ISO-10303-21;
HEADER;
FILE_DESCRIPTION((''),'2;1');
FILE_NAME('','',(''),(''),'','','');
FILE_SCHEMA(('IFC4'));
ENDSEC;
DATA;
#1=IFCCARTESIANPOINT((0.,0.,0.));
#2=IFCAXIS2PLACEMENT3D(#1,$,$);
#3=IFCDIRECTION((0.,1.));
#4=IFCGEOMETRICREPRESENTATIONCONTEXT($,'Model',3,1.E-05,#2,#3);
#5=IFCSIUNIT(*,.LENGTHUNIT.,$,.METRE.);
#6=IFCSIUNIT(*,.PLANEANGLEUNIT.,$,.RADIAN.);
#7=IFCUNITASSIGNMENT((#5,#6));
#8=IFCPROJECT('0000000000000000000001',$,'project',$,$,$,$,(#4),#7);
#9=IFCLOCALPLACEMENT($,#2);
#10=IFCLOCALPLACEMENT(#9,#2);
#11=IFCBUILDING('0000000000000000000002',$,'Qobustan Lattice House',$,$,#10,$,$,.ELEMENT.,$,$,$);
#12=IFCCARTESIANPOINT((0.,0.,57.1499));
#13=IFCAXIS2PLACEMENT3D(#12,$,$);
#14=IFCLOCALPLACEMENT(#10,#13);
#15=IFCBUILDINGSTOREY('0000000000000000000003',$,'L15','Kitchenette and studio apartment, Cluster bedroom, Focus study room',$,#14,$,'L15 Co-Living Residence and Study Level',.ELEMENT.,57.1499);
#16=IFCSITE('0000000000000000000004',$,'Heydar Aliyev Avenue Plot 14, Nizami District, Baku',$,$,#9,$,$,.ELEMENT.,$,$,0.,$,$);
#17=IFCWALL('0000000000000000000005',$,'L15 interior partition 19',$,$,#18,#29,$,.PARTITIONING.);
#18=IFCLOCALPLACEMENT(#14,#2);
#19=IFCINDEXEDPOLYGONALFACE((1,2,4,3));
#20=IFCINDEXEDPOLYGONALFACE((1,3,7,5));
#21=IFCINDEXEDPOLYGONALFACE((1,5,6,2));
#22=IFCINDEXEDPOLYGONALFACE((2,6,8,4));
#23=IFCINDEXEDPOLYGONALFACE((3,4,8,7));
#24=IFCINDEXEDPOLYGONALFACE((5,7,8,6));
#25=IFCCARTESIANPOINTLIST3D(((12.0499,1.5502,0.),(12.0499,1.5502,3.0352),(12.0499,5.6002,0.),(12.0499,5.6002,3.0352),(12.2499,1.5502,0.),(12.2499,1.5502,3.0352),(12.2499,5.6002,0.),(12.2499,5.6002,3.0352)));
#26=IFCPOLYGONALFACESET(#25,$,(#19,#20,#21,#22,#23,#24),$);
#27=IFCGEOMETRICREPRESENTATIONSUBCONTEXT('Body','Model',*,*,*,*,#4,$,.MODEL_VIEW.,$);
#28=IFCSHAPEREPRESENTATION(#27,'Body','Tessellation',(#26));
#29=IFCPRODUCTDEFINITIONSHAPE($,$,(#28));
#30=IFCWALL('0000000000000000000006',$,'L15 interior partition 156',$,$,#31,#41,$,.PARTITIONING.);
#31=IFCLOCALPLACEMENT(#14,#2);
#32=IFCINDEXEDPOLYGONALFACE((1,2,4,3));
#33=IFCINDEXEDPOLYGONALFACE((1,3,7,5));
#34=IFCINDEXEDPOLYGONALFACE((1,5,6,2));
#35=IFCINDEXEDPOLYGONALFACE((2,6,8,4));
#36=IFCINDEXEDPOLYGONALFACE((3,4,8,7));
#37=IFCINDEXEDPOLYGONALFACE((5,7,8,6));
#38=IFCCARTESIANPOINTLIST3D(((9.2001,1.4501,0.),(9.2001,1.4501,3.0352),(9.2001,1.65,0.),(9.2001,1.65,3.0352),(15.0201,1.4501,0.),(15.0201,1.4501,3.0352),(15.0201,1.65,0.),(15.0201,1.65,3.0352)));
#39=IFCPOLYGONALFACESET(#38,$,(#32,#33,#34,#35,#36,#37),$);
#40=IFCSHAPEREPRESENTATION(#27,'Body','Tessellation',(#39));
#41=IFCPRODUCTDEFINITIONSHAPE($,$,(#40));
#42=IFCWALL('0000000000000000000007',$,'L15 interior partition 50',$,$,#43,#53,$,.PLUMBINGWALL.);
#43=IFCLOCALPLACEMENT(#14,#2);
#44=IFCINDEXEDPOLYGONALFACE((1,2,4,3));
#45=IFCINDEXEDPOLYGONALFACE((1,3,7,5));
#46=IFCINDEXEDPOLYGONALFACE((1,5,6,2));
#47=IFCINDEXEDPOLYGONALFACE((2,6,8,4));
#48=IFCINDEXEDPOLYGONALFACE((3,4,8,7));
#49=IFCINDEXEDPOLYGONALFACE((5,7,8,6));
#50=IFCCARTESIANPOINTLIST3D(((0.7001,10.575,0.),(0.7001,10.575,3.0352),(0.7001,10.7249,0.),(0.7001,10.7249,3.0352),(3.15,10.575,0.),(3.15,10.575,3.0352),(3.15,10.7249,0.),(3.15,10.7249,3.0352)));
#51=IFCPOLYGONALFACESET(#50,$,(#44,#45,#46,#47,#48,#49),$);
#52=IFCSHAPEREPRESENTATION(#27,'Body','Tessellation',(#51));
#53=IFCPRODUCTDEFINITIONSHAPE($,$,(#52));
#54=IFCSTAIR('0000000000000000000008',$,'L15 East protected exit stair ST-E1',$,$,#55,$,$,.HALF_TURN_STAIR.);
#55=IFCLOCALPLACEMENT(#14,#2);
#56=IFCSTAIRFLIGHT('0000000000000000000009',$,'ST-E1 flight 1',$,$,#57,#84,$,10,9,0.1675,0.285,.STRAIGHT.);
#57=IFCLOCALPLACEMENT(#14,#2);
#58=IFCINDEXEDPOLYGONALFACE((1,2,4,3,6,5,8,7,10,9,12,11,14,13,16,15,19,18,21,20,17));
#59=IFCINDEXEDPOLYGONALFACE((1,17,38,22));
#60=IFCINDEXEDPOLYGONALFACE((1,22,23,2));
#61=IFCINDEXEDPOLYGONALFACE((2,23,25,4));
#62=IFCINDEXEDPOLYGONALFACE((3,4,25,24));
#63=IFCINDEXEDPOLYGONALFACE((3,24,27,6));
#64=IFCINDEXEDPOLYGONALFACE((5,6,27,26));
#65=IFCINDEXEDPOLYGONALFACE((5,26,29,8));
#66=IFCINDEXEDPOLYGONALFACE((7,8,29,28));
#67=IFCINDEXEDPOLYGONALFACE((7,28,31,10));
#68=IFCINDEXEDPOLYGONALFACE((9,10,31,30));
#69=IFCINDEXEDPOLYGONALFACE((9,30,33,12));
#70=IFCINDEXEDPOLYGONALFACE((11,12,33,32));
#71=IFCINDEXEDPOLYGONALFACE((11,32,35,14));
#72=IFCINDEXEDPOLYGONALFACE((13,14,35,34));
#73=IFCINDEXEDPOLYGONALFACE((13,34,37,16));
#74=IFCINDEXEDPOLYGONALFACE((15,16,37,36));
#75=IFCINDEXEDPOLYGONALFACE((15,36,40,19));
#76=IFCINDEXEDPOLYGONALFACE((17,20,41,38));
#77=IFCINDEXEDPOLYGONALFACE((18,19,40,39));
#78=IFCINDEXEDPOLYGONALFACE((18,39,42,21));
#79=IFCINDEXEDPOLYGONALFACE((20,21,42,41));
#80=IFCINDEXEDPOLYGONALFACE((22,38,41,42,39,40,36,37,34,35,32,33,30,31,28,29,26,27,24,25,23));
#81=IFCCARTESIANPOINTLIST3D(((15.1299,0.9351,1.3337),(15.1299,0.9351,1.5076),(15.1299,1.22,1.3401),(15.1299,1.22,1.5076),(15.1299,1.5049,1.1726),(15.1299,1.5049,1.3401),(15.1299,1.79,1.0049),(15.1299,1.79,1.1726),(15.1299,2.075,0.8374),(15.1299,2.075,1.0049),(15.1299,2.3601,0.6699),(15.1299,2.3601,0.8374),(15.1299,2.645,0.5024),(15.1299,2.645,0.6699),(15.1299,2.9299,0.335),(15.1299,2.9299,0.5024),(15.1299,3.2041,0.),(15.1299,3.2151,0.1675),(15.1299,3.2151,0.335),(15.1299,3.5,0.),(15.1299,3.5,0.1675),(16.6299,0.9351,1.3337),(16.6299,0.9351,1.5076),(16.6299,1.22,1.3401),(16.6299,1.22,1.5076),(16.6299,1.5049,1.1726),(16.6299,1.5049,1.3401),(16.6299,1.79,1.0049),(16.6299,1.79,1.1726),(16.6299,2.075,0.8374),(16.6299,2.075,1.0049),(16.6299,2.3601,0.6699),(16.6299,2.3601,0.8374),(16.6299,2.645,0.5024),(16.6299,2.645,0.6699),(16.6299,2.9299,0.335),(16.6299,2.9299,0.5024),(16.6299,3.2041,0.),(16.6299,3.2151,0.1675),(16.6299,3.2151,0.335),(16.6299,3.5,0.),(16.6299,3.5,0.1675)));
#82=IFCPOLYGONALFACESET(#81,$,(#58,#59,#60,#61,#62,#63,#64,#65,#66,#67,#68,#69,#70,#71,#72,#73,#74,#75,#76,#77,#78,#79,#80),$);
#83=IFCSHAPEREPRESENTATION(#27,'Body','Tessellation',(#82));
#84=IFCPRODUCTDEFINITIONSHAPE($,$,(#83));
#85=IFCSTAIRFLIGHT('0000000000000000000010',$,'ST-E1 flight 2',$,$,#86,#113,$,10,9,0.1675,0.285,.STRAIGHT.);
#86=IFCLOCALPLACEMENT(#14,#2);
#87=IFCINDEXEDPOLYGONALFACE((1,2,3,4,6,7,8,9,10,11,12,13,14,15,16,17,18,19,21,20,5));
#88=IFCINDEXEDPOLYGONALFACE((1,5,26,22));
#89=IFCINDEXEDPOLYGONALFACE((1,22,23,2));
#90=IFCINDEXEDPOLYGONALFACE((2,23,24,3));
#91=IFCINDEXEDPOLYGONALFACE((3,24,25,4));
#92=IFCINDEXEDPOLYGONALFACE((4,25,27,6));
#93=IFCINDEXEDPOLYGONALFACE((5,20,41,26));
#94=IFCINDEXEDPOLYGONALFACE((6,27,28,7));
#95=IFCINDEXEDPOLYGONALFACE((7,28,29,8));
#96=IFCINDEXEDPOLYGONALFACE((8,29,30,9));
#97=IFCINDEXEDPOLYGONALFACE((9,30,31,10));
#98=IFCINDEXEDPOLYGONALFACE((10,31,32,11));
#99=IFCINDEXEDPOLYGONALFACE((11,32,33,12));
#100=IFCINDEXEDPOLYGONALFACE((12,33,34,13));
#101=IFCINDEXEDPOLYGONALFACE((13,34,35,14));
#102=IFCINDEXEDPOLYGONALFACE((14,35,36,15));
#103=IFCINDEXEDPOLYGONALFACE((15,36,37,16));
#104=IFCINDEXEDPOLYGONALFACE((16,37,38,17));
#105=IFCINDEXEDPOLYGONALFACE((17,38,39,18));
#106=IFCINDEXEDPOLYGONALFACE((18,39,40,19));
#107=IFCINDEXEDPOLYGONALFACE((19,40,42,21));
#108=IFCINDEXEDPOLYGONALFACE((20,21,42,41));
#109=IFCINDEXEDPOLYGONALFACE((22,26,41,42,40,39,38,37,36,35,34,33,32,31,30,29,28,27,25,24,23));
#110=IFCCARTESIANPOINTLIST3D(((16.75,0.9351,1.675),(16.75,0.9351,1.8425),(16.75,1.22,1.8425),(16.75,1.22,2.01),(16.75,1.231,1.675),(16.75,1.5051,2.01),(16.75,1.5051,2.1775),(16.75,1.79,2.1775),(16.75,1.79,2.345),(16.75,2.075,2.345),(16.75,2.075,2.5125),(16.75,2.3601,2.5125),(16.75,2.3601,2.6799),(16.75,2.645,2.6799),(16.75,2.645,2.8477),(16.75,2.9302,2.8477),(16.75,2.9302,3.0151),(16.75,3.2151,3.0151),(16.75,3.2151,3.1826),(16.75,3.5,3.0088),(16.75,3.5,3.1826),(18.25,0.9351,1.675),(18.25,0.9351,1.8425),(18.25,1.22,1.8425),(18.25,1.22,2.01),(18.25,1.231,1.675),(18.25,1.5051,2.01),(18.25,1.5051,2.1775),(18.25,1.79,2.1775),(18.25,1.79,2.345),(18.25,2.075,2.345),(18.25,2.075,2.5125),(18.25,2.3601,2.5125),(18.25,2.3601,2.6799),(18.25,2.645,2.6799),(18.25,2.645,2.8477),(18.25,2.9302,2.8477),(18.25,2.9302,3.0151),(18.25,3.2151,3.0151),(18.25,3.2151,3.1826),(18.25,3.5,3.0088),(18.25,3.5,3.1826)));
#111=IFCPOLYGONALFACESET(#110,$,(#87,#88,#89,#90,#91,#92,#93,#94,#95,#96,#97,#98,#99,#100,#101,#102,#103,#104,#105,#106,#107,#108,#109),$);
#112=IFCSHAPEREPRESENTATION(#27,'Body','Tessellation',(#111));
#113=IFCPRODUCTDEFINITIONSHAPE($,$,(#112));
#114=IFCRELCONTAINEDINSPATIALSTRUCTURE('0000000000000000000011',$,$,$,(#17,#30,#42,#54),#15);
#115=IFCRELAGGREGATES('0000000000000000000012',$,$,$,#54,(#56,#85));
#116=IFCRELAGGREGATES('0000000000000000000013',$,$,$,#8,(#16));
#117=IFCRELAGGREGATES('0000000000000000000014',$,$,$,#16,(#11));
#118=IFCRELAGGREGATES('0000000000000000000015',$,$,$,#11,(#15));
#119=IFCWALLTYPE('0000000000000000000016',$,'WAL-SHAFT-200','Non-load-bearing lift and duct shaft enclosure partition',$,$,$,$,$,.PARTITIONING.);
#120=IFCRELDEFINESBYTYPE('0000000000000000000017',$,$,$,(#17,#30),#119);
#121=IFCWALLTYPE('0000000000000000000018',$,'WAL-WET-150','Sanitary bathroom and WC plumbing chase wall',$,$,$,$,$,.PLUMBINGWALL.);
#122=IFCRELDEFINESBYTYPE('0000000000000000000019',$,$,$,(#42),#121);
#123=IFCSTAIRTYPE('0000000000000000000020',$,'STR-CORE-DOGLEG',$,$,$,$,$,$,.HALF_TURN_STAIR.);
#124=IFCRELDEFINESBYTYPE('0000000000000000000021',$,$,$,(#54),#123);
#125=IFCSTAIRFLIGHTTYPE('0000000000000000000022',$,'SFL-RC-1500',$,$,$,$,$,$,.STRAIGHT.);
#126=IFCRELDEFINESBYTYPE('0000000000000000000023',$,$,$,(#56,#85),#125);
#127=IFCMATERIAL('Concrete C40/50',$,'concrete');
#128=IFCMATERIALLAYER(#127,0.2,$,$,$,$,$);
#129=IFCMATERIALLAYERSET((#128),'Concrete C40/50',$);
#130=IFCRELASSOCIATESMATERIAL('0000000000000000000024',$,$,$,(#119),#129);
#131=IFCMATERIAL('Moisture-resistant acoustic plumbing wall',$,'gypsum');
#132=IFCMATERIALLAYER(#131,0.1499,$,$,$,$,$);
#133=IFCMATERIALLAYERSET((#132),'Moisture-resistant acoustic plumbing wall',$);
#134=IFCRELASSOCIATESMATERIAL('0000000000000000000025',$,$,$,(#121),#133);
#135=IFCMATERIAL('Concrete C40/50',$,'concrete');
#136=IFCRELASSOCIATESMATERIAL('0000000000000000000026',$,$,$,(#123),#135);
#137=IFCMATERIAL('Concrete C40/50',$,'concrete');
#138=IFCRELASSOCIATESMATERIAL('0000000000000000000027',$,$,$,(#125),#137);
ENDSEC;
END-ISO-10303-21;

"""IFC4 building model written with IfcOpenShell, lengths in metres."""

from ifc_helpers import new_model, si_unit, direction, frame, frame_2d, origin, place, context, subcontext, project, spatial, polyline, rectangle, outline, extrude, material, layer, layer_set, type_object, element, aggregate, save


model = new_model("IFC4")

# Units and contexts
model_context = context("Model", 3, precision=1e-05, world=origin(), true_north=direction((0.0, 1.0)))
body_context = subcontext(model_context, "Body", "Model", "MODEL_VIEW")
ifc_project = project(units=[si_unit("LENGTHUNIT", "METRE"), si_unit("PLANEANGLEUNIT", "RADIAN")], contexts=[model_context])

# Site, building, storey
site_placement = place(None, origin())
site = spatial("IfcSite", under=ifc_project, at=site_placement, Name="Heydar Aliyev Avenue Plot 14, Nizami District, Baku", CompositionType="ELEMENT", RefElevation=0.0)
building_placement = place(site_placement, origin())
building = spatial("IfcBuilding", under=site, at=building_placement, Name="Qobustan Lattice House", CompositionType="ELEMENT")
storey_placement = place(building_placement, frame((0.0, 0.0, 57.1499)))
storey = spatial("IfcBuildingStorey", under=building, at=storey_placement, Name="L15", Description="Kitchenette and studio apartment, Cluster bedroom, Focus study room", LongName="L15 Co-Living Residence and Study Level", CompositionType="ELEMENT", Elevation=57.1499)

# Walls
ifc_material_1 = material(Name="Concrete C40/50", Category="concrete")
ifc_layer_1 = layer(ifc_material_1, 0.2)
ifc_layer_set_1 = layer_set([ifc_layer_1], Name="Concrete C40/50")
wall_type_1 = type_object("IfcWallType", Name="WAL-SHAFT-200", Description="Non-load-bearing lift and duct shaft enclosure partition", PredefinedType="PARTITIONING", material=ifc_layer_set_1)
wall_1_placement = place(storey_placement, frame((12.1499, 5.6001, 0.0), z_axis=(0.0, 0.0, 1.0), x_axis=(0.0, -1.0, 0.0)))
element("IfcWall", 1, at=wall_1_placement, inside=storey, type_object=wall_type_1, Name="L15 interior partition 19", PredefinedType="PARTITIONING", context=body_context, shape_type="SweptSolid", body=[
    extrude(rectangle(XDim=4.05, YDim=0.2, at=frame_2d((2.0249, 0.0))), origin(), (0.0, 0.0, 1.0), 3.0352),
])
wall_2_placement = place(storey_placement, frame((9.2, 1.55, 0.0), z_axis=(0.0, 0.0, 1.0), x_axis=(1.0, 0.0, 0.0)))
element("IfcWall", 2, at=wall_2_placement, inside=storey, type_object=wall_type_1, Name="L15 interior partition 156", PredefinedType="PARTITIONING", context=body_context, shape_type="SweptSolid", body=[
    extrude(rectangle(XDim=5.8201, YDim=0.2, at=frame_2d((2.9102, 0.0))), origin(), (0.0, 0.0, 1.0), 3.0352),
])
ifc_material_2 = material(Name="Moisture-resistant acoustic plumbing wall", Category="gypsum")
ifc_layer_2 = layer(ifc_material_2, 0.1499)
ifc_layer_set_2 = layer_set([ifc_layer_2], Name="Moisture-resistant acoustic plumbing wall")
wall_type_2 = type_object("IfcWallType", Name="WAL-WET-150", Description="Sanitary bathroom and WC plumbing chase wall", PredefinedType="PLUMBINGWALL", material=ifc_layer_set_2)
wall_3_placement = place(storey_placement, frame((0.7, 10.6499, 0.0), z_axis=(0.0, 0.0, 1.0), x_axis=(1.0, 0.0, 0.0)))
element("IfcWall", 3, at=wall_3_placement, inside=storey, type_object=wall_type_2, Name="L15 interior partition 50", PredefinedType="PLUMBINGWALL", context=body_context, shape_type="SweptSolid", body=[
    extrude(rectangle(XDim=2.45, YDim=0.1499, at=frame_2d((1.2251, 0.0))), origin(), (0.0, 0.0, 1.0), 3.0352),
])

# Stair, stair flights
ifc_material_3 = material(Name="Concrete C40/50", Category="concrete")
stair_type = type_object("IfcStairType", Name="STR-CORE-DOGLEG", PredefinedType="HALF_TURN_STAIR", material=ifc_material_3)
stair_placement = place(storey_placement, origin())
stair = element("IfcStair", 4, at=stair_placement, inside=storey, type_object=stair_type, Name="L15 East protected exit stair ST-E1", PredefinedType="HALF_TURN_STAIR")
ifc_material_4 = material(Name="Concrete C40/50", Category="concrete")
stair_flight_type = type_object("IfcStairFlightType", Name="SFL-RC-1500", PredefinedType="STRAIGHT", material=ifc_material_4)
stair_flight_1_placement = place(storey_placement, frame((15.8799, 3.5, 0.0), z_axis=(0.0, 0.0, 1.0), x_axis=(0.0, -1.0, 0.0)))
stair_flight_1 = element("IfcStairFlight", 5, at=stair_flight_1_placement, type_object=stair_flight_type, Name="ST-E1 flight 1", NumberOfRisers=10, NumberOfTreads=9, PredefinedType="STRAIGHT", RiserHeight=0.1675, TreadLength=0.285, context=body_context, shape_type="SweptSolid", body=[
    extrude(outline(polyline([(0.0, 0.0), (0.0, 0.1675), (0.2849, 0.1675), (0.2849, 0.335), (0.5701, 0.335), (0.5701, 0.5024), (0.855, 0.5024), (0.855, 0.6699), (1.1399, 0.6699), (1.1399, 0.8374), (1.425, 0.8374), (1.425, 1.0049), (1.71, 1.0049), (1.71, 1.1726), (1.9951, 1.1726), (1.9951, 1.3401), (2.28, 1.3401), (2.28, 1.5076), (2.5649, 1.5076), (2.5649, 1.675), (2.5649, 1.3337), (0.2959, 0.0), (0.0, 0.0)])), frame((0.0, 0.75, 0.0), z_axis=(0.0, -1.0, 0.0), x_axis=(1.0, 0.0, 0.0)), (0.0, 0.0, 1.0), 1.5),
])
stair_flight_2_placement = place(storey_placement, frame((17.5, 0.9351, 1.675), z_axis=(0.0, 0.0, 1.0), x_axis=(0.0, 1.0, 0.0)))
stair_flight_2 = element("IfcStairFlight", 6, at=stair_flight_2_placement, type_object=stair_flight_type, Name="ST-E1 flight 2", NumberOfRisers=10, NumberOfTreads=9, PredefinedType="STRAIGHT", RiserHeight=0.1675, TreadLength=0.285, context=body_context, shape_type="SweptSolid", body=[
    extrude(outline(polyline([(0.0, 0.0), (0.0, 0.1675), (0.2849, 0.1675), (0.2849, 0.335), (0.5701, 0.335), (0.5701, 0.5024), (0.855, 0.5024), (0.855, 0.6699), (1.1399, 0.6699), (1.1399, 0.8374), (1.425, 0.8374), (1.425, 1.0049), (1.71, 1.0049), (1.71, 1.1726), (1.9951, 1.1726), (1.9951, 1.3401), (2.28, 1.3401), (2.28, 1.5076), (2.5649, 1.5076), (2.5649, 1.675), (2.5649, 1.3337), (0.2959, 0.0), (0.0, 0.0)])), frame((0.0, 0.75, 0.0), z_axis=(0.0, -1.0, 0.0), x_axis=(1.0, 0.0, 0.0)), (0.0, 0.0, 1.0), 1.5),
])
aggregate(stair, [stair_flight_1, stair_flight_2])

save(model, "model.ifc")
